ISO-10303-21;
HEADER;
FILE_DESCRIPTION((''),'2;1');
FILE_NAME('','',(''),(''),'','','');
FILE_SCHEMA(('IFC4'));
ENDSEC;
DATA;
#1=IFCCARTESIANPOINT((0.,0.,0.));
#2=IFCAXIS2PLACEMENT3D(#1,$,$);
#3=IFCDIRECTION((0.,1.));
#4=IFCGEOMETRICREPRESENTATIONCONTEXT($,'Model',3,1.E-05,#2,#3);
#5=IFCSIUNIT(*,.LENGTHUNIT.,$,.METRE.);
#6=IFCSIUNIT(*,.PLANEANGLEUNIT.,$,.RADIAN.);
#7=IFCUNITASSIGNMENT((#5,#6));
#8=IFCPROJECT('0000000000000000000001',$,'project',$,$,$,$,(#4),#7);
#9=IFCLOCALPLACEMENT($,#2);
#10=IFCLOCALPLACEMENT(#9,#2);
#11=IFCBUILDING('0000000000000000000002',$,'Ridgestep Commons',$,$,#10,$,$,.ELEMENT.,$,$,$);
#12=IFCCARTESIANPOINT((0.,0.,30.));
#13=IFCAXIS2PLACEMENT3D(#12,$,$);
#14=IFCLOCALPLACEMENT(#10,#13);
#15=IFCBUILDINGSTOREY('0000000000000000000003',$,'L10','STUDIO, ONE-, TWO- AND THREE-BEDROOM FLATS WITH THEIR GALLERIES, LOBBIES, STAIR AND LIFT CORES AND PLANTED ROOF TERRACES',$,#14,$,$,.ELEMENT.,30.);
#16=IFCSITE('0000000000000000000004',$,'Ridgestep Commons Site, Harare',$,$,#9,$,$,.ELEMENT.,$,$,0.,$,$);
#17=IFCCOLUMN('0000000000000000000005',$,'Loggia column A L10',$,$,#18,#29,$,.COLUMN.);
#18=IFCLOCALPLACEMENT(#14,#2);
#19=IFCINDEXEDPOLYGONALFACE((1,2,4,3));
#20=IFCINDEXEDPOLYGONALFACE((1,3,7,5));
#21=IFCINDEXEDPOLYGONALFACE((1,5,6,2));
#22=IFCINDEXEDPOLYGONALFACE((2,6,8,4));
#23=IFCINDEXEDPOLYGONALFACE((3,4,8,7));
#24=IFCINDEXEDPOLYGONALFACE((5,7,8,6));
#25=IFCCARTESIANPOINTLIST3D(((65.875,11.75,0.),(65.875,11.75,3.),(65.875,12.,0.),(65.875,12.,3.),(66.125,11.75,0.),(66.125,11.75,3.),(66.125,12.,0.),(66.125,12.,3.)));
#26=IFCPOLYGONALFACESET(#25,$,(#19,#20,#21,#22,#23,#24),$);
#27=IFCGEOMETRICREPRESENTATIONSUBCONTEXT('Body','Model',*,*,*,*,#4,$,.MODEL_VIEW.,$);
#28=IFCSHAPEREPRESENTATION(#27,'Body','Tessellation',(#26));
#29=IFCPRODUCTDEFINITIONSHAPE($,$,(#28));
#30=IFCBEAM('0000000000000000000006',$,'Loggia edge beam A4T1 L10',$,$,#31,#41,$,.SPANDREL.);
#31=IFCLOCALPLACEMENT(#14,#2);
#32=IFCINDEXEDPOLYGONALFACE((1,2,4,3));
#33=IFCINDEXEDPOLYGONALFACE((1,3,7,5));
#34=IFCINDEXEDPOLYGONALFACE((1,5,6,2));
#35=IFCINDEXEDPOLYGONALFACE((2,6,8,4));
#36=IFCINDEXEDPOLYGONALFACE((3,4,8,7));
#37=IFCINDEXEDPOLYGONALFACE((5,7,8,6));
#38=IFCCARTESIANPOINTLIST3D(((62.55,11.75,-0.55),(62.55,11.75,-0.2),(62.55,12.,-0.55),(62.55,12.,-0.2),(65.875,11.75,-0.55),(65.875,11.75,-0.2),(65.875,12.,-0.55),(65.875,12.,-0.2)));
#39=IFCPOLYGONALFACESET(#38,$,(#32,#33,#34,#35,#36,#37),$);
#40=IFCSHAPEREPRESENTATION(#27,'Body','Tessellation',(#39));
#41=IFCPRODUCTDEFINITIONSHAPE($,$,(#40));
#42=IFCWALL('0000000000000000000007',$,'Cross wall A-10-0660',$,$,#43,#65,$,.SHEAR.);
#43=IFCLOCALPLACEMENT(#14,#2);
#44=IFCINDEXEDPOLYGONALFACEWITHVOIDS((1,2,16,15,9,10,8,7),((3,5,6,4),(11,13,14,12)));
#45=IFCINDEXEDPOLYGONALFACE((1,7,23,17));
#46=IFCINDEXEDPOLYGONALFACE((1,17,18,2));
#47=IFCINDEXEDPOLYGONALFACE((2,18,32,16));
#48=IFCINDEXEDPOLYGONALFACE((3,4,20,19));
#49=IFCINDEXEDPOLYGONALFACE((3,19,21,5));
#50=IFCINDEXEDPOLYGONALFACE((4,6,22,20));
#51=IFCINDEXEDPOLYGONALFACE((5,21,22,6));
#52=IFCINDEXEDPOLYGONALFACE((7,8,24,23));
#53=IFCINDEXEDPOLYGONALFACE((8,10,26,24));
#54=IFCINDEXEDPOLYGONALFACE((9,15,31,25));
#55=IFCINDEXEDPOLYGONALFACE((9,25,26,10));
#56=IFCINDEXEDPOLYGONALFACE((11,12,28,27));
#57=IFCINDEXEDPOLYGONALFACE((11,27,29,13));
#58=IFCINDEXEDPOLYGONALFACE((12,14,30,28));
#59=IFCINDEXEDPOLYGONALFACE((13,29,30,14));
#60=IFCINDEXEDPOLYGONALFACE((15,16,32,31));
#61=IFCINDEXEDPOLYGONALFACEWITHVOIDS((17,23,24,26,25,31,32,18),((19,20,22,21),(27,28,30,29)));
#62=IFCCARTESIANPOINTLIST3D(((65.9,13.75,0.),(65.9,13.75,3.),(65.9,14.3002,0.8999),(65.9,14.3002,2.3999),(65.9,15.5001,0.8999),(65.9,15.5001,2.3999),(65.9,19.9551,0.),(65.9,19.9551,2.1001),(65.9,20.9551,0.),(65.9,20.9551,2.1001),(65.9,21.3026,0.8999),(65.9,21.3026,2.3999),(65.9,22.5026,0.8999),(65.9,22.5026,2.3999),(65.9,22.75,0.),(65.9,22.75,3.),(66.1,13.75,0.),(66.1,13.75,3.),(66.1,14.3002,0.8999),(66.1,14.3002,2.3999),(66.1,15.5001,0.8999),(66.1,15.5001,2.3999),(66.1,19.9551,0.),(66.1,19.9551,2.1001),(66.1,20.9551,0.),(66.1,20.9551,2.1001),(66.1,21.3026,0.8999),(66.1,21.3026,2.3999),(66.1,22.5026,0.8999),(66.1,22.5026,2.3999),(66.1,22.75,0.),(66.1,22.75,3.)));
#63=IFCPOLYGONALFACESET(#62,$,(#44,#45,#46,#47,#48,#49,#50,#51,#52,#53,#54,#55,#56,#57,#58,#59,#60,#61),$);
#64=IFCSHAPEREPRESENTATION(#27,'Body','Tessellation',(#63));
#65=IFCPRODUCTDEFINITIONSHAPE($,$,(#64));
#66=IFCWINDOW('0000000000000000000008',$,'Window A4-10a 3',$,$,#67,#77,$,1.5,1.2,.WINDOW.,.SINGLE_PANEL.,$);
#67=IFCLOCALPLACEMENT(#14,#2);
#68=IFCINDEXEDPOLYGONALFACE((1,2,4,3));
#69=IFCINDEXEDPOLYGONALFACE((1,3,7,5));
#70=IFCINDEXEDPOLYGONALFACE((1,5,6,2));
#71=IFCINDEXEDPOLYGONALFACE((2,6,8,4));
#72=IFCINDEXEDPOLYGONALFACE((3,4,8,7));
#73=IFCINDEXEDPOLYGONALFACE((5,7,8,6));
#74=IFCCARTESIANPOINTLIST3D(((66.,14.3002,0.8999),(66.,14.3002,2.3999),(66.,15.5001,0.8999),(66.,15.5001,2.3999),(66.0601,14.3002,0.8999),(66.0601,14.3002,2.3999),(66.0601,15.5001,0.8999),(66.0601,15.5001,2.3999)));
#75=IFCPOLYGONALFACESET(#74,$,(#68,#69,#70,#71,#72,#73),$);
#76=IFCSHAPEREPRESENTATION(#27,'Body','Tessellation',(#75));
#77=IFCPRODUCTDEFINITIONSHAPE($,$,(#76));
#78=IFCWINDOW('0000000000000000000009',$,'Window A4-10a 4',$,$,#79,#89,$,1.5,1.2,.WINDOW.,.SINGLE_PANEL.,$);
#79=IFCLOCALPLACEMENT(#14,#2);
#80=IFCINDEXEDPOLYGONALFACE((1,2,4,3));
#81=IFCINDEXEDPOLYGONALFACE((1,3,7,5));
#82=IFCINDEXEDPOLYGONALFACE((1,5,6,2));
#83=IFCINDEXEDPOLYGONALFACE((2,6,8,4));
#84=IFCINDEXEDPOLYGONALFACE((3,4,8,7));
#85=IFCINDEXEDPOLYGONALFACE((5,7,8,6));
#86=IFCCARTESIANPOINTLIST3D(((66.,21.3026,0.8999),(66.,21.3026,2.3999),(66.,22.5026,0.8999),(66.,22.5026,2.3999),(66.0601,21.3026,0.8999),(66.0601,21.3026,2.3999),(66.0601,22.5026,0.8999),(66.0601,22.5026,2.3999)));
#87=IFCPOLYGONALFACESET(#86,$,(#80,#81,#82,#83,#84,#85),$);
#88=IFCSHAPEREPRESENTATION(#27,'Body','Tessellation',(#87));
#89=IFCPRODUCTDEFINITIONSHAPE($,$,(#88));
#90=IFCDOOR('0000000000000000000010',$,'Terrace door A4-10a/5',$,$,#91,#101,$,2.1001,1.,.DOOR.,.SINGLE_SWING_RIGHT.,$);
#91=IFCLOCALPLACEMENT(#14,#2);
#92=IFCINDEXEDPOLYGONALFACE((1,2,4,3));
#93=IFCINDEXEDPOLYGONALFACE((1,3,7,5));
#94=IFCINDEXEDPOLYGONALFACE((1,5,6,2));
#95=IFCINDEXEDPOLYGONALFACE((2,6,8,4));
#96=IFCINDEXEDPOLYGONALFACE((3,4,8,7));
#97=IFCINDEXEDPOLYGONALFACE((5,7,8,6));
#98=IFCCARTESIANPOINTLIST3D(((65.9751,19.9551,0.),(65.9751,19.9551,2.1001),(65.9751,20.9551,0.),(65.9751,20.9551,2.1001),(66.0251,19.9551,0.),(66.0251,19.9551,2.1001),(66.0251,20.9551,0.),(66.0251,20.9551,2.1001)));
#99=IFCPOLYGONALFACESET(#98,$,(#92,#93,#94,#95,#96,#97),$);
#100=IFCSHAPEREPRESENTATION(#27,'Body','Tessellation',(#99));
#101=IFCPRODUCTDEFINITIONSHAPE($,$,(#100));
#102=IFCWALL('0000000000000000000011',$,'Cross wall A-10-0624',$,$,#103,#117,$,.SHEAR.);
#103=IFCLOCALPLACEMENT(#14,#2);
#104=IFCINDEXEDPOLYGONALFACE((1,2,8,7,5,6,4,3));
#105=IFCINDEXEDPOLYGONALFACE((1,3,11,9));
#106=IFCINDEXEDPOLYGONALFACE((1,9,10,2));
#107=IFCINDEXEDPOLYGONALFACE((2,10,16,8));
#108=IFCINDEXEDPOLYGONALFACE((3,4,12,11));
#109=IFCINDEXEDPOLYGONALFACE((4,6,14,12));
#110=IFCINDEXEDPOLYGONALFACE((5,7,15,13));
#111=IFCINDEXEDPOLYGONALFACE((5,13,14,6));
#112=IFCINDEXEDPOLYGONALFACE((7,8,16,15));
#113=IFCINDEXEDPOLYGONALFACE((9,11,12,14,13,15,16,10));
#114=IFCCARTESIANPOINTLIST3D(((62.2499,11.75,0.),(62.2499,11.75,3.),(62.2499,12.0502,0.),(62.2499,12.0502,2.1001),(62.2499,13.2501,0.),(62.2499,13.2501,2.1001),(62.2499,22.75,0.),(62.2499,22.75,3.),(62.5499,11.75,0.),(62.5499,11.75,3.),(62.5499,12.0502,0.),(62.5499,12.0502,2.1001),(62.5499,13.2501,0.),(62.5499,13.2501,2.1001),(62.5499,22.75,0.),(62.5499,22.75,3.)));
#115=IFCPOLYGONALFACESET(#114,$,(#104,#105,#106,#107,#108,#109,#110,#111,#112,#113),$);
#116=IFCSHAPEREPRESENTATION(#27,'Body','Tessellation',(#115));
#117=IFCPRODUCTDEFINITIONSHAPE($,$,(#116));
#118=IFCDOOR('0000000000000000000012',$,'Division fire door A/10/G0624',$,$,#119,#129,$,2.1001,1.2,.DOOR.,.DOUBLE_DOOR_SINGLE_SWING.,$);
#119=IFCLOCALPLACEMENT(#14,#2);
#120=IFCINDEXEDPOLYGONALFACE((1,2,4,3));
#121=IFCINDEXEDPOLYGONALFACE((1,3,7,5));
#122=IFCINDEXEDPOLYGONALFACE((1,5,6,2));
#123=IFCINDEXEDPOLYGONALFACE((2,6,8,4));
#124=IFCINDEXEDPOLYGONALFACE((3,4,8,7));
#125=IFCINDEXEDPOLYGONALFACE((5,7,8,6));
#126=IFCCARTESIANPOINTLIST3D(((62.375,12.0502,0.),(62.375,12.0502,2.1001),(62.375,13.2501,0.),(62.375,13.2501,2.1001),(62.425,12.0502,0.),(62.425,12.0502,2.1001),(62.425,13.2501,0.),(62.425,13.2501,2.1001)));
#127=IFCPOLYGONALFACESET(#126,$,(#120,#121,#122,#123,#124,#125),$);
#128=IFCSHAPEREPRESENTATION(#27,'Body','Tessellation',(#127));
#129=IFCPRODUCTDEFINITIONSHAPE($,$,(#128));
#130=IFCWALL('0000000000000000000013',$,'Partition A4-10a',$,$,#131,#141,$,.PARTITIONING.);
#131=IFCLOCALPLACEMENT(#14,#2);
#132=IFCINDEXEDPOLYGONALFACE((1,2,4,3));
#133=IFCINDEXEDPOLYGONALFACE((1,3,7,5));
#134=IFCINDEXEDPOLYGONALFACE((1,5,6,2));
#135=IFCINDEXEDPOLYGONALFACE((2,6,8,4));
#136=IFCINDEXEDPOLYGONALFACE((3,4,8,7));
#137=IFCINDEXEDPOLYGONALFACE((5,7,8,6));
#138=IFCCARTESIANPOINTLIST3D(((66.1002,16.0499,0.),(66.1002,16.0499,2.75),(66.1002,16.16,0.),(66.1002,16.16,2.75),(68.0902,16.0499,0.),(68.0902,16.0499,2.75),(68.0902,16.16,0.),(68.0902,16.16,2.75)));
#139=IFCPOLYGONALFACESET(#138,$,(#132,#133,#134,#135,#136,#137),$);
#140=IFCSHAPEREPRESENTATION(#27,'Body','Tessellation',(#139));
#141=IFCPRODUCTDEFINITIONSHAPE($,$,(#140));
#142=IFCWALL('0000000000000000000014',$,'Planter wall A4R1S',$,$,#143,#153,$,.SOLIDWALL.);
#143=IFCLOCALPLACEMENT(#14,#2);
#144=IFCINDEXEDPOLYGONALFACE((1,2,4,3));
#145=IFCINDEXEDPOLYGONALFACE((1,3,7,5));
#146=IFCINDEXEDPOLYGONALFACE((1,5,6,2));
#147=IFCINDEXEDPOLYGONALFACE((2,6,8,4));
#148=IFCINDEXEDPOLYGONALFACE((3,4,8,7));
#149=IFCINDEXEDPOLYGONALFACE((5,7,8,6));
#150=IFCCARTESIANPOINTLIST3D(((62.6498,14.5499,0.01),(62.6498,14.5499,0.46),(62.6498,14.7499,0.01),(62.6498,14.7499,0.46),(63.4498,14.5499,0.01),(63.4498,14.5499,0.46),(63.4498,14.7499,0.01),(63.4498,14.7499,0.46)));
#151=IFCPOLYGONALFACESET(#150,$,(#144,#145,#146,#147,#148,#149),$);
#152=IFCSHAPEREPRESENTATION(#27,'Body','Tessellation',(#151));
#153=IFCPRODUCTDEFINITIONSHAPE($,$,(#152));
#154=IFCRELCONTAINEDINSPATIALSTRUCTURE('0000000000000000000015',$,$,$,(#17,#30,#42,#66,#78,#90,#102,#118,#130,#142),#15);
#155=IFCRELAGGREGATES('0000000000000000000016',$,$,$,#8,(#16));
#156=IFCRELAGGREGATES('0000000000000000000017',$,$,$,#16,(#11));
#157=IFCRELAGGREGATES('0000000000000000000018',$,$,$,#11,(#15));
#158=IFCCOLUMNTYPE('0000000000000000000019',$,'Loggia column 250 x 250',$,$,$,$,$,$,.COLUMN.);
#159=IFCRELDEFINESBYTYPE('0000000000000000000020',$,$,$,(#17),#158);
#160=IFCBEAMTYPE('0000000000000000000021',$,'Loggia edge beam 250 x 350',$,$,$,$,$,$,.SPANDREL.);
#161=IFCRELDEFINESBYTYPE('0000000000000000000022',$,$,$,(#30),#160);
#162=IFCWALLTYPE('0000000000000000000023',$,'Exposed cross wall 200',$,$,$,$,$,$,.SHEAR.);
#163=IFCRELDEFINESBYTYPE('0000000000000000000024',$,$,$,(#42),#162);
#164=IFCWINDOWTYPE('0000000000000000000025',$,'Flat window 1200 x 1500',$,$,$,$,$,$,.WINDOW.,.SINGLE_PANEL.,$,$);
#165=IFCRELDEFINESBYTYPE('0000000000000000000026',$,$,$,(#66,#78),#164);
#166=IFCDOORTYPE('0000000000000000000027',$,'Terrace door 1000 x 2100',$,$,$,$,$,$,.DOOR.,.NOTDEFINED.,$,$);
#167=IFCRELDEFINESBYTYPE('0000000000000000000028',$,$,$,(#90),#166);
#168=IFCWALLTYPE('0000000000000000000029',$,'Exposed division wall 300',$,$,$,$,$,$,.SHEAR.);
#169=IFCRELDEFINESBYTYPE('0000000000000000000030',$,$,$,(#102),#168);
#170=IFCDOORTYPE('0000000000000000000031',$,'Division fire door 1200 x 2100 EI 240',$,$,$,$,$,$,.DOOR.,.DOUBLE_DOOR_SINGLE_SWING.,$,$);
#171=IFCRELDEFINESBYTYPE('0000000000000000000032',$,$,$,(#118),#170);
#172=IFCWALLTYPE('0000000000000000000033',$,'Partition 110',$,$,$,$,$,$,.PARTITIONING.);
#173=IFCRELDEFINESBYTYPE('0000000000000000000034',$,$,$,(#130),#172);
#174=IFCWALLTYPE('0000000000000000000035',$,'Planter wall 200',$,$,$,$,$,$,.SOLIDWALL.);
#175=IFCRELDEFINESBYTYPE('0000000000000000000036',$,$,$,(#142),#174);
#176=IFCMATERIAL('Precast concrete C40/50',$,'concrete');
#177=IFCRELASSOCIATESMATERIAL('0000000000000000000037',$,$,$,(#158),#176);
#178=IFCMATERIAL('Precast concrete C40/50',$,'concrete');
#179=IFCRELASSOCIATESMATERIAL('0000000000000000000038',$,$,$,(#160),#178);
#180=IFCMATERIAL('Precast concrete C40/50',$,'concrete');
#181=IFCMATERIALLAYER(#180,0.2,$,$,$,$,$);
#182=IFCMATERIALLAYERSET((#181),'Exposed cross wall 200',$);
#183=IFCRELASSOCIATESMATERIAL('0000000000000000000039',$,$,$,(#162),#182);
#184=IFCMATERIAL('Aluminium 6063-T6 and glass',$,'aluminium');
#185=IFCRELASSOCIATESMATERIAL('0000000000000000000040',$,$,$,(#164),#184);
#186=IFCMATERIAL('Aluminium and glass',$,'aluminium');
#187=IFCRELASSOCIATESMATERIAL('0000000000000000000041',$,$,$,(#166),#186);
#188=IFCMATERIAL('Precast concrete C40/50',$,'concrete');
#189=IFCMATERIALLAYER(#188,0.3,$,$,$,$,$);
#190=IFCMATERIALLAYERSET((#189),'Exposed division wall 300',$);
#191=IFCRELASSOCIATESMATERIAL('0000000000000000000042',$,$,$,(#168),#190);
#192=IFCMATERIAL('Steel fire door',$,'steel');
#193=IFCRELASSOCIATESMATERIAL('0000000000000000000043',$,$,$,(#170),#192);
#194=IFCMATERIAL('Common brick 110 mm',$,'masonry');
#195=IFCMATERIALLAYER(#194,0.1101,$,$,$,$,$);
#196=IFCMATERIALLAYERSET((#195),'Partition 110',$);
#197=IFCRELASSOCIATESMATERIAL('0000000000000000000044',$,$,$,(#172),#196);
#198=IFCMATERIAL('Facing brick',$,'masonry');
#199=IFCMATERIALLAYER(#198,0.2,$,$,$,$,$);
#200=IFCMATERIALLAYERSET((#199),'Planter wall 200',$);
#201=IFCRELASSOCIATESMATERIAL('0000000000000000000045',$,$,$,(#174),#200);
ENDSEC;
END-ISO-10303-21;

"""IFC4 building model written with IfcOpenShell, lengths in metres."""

from ifc_helpers import new_model, si_unit, direction, frame, frame_2d, origin, origin_2d, place, context, subcontext, project, spatial, rectangle, extrude, material, layer, layer_set, material_profile, profile_set, type_object, element, fill, save


model = new_model("IFC4")

# Units and contexts
model_context = context("Model", 3, precision=1e-05, world=origin(), true_north=direction((0.0, 1.0)))
body_context = subcontext(model_context, "Body", "Model", "MODEL_VIEW")
ifc_project = project(units=[si_unit("LENGTHUNIT", "METRE"), si_unit("PLANEANGLEUNIT", "RADIAN")], contexts=[model_context])

# Site, building, storey
site_placement = place(None, origin())
site = spatial("IfcSite", under=ifc_project, at=site_placement, Name="Ridgestep Commons Site, Harare", CompositionType="ELEMENT", RefElevation=0.0)
building_placement = place(site_placement, origin())
building = spatial("IfcBuilding", under=site, at=building_placement, Name="Ridgestep Commons", CompositionType="ELEMENT")
storey_placement = place(building_placement, frame((0.0, 0.0, 30.0)))
storey = spatial("IfcBuildingStorey", under=building, at=storey_placement, Name="L10", Description="STUDIO, ONE-, TWO- AND THREE-BEDROOM FLATS WITH THEIR GALLERIES, LOBBIES, STAIR AND LIFT CORES AND PLANTED ROOF TERRACES", CompositionType="ELEMENT", Elevation=30.0)

# Column
ifc_material_1 = material(Name="Precast concrete C40/50", Category="concrete")
ifc_material_profile_1 = material_profile(ifc_material_1, rectangle(XDim=0.25, YDim=0.25, at=origin_2d()), Name="PC 250x250")
ifc_profile_set_1 = profile_set([ifc_material_profile_1], Name="Precast concrete C40/50")
column_type = type_object("IfcColumnType", Name="Loggia column 250 x 250", PredefinedType="COLUMN", material=ifc_profile_set_1)
column_placement = place(storey_placement, frame((66.0, 11.875, 0.0), z_axis=(0.0, 0.0, 1.0), x_axis=(1.0, 0.0, 0.0)))
element("IfcColumn", 1, at=column_placement, inside=storey, type_object=column_type, Name="Loggia column A L10", PredefinedType="COLUMN", context=body_context, shape_type="SweptSolid", body=[
    extrude(rectangle(XDim=0.25, YDim=0.25, at=origin_2d()), origin(), (0.0, 0.0, 1.0), 3.0),
])

# Beam
ifc_material_2 = material(Name="Precast concrete C40/50", Category="concrete")
ifc_material_profile_2 = material_profile(ifc_material_2, rectangle(XDim=0.25, YDim=0.3501, at=origin_2d()), Name="PC 250x350")
ifc_profile_set_2 = profile_set([ifc_material_profile_2], Name="Precast concrete C40/50")
beam_type = type_object("IfcBeamType", Name="Loggia edge beam 250 x 350", PredefinedType="SPANDREL", material=ifc_profile_set_2)
beam_placement = place(storey_placement, frame((62.55, 11.875, -0.375), z_axis=(1.0, 0.0, 0.0), x_axis=(0.0, 1.0, 0.0)))
element("IfcBeam", 2, at=beam_placement, inside=storey, type_object=beam_type, Name="Loggia edge beam A4T1 L10", PredefinedType="SPANDREL", context=body_context, shape_type="SweptSolid", body=[
    extrude(rectangle(XDim=0.25, YDim=0.3501, at=origin_2d()), origin(), (0.0, 0.0, 1.0), 3.325),
])

# Wall, openings, windows, door
ifc_material_3 = material(Name="Precast concrete C40/50", Category="concrete")
ifc_layer_1 = layer(ifc_material_3, 0.2)
ifc_layer_set_1 = layer_set([ifc_layer_1], Name="Exposed cross wall 200")
wall_type_1 = type_object("IfcWallType", Name="Exposed cross wall 200", PredefinedType="SHEAR", material=ifc_layer_set_1)
wall_1_placement = place(storey_placement, frame((66.0, 13.75, 0.0), z_axis=(0.0, 0.0, 1.0), x_axis=(0.0, 1.0, 0.0)))
wall_1 = element("IfcWall", 3, at=wall_1_placement, inside=storey, type_object=wall_type_1, Name="Cross wall A-10-0660", PredefinedType="SHEAR", context=body_context, shape_type="SweptSolid", body=[
    extrude(rectangle(XDim=9.0, YDim=0.2, at=frame_2d((4.5, 0.0))), origin(), (0.0, 0.0, 1.0), 3.0),
])
opening_1_placement = place(wall_1_placement, frame((0.55, 0.0, 0.8999)))
opening_1 = element("IfcOpeningElement", 4, at=opening_1_placement, cuts=wall_1, PredefinedType="OPENING", context=body_context, shape_type="SweptSolid", body=[
    extrude(rectangle(XDim=1.2, YDim=1.5, at=frame_2d((0.6001, 0.75))), frame((0.0, 0.1099, 0.0), z_axis=(0.0, -1.0, 0.0), x_axis=(1.0, 0.0, 0.0)), (0.0, 0.0, 1.0), 0.22),
])
opening_2_placement = place(wall_1_placement, frame((7.5525, 0.0, 0.8999)))
opening_2 = element("IfcOpeningElement", 5, at=opening_2_placement, cuts=wall_1, PredefinedType="OPENING", context=body_context, shape_type="SweptSolid", body=[
    extrude(rectangle(XDim=1.2, YDim=1.5, at=frame_2d((0.6001, 0.75))), frame((0.0, 0.1099, 0.0), z_axis=(0.0, -1.0, 0.0), x_axis=(1.0, 0.0, 0.0)), (0.0, 0.0, 1.0), 0.22),
])
opening_3_placement = place(wall_1_placement, frame((6.2051, 0.0, 0.0)))
opening_3 = element("IfcOpeningElement", 6, at=opening_3_placement, cuts=wall_1, PredefinedType="OPENING", context=body_context, shape_type="SweptSolid", body=[
    extrude(rectangle(XDim=1.0, YDim=2.1001, at=frame_2d((0.5, 1.05))), frame((0.0, 0.1099, 0.0), z_axis=(0.0, -1.0, 0.0), x_axis=(1.0, 0.0, 0.0)), (0.0, 0.0, 1.0), 0.22),
])
ifc_material_4 = material(Name="Aluminium 6063-T6 and glass", Category="aluminium")
window_type_1 = type_object("IfcWindowType", Name="Flat window 1200 x 1500", PartitioningType="SINGLE_PANEL", PredefinedType="WINDOW", material=ifc_material_4)
window_1_placement = place(opening_1_placement, origin())
window_1 = element("IfcWindow", 7, at=window_1_placement, inside=storey, type_object=window_type_1, Name="Window A4-10a 3", OverallHeight=1.5, OverallWidth=1.2, PartitioningType="SINGLE_PANEL", PredefinedType="WINDOW", context=body_context, shape_type="SweptSolid", body=[
    extrude(rectangle(XDim=1.2, YDim=1.5, at=frame_2d((0.6001, 0.75))), frame((0.0, 0.0, 0.0), z_axis=(0.0, -1.0, 0.0), x_axis=(1.0, 0.0, 0.0)), (0.0, 0.0, 1.0), 0.0601),
])
fill(opening_1, window_1)
window_2_placement = place(opening_2_placement, origin())
window_2 = element("IfcWindow", 8, at=window_2_placement, inside=storey, type_object=window_type_1, Name="Window A4-10a 4", OverallHeight=1.5, OverallWidth=1.2, PartitioningType="SINGLE_PANEL", PredefinedType="WINDOW", context=body_context, shape_type="SweptSolid", body=[
    extrude(rectangle(XDim=1.2, YDim=1.5, at=frame_2d((0.6001, 0.75))), frame((0.0, 0.0, 0.0), z_axis=(0.0, -1.0, 0.0), x_axis=(1.0, 0.0, 0.0)), (0.0, 0.0, 1.0), 0.0601),
])
fill(opening_2, window_2)
ifc_material_5 = material(Name="Aluminium and glass", Category="aluminium")
door_type_1 = type_object("IfcDoorType", Name="Terrace door 1000 x 2100", OperationType="NOTDEFINED", PredefinedType="DOOR", material=ifc_material_5)
door_1_placement = place(opening_3_placement, origin())
door_1 = element("IfcDoor", 9, at=door_1_placement, inside=storey, type_object=door_type_1, Name="Terrace door A4-10a/5", OperationType="SINGLE_SWING_RIGHT", OverallHeight=2.1001, OverallWidth=1.0, PredefinedType="DOOR", context=body_context, shape_type="SweptSolid", body=[
    extrude(rectangle(XDim=1.0, YDim=2.1001, at=frame_2d((0.5, 1.05))), frame((0.0, 0.0249, 0.0), z_axis=(0.0, -1.0, 0.0), x_axis=(1.0, 0.0, 0.0)), (0.0, 0.0, 1.0), 0.05),
])
fill(opening_3, door_1)

# Wall, opening, door
ifc_material_6 = material(Name="Precast concrete C40/50", Category="concrete")
ifc_layer_2 = layer(ifc_material_6, 0.3)
ifc_layer_set_2 = layer_set([ifc_layer_2], Name="Exposed division wall 300")
wall_type_2 = type_object("IfcWallType", Name="Exposed division wall 300", PredefinedType="SHEAR", material=ifc_layer_set_2)
wall_2_placement = place(storey_placement, frame((62.3999, 11.75, 0.0), z_axis=(0.0, 0.0, 1.0), x_axis=(0.0, 1.0, 0.0)))
wall_2 = element("IfcWall", 10, at=wall_2_placement, inside=storey, type_object=wall_type_2, Name="Cross wall A-10-0624", PredefinedType="SHEAR", context=body_context, shape_type="SweptSolid", body=[
    extrude(rectangle(XDim=11.0, YDim=0.3, at=frame_2d((5.5, 0.0))), origin(), (0.0, 0.0, 1.0), 3.0),
])
opening_4_placement = place(wall_2_placement, frame((0.3, 0.0, 0.0)))
opening_4 = element("IfcOpeningElement", 11, at=opening_4_placement, cuts=wall_2, PredefinedType="OPENING", context=body_context, shape_type="SweptSolid", body=[
    extrude(rectangle(XDim=1.2, YDim=2.1001, at=frame_2d((0.6001, 1.05))), frame((0.0, 0.1599, 0.0), z_axis=(0.0, -1.0, 0.0), x_axis=(1.0, 0.0, 0.0)), (0.0, 0.0, 1.0), 0.3201),
])
ifc_material_7 = material(Name="Steel fire door", Category="steel")
door_type_2 = type_object("IfcDoorType", Name="Division fire door 1200 x 2100 EI 240", OperationType="DOUBLE_DOOR_SINGLE_SWING", PredefinedType="DOOR", material=ifc_material_7)
door_2_placement = place(opening_4_placement, origin())
door_2 = element("IfcDoor", 12, at=door_2_placement, inside=storey, type_object=door_type_2, Name="Division fire door A/10/G0624", OperationType="DOUBLE_DOOR_SINGLE_SWING", OverallHeight=2.1001, OverallWidth=1.2, PredefinedType="DOOR", context=body_context, shape_type="SweptSolid", body=[
    extrude(rectangle(XDim=1.2, YDim=2.1001, at=frame_2d((0.6001, 1.05))), frame((0.0, 0.0249, 0.0), z_axis=(0.0, -1.0, 0.0), x_axis=(1.0, 0.0, 0.0)), (0.0, 0.0, 1.0), 0.05),
])
fill(opening_4, door_2)

# Walls
ifc_material_8 = material(Name="Common brick 110 mm", Category="masonry")
ifc_layer_3 = layer(ifc_material_8, 0.1101)
ifc_layer_set_3 = layer_set([ifc_layer_3], Name="Partition 110")
wall_type_3 = type_object("IfcWallType", Name="Partition 110", PredefinedType="PARTITIONING", material=ifc_layer_set_3)
wall_3_placement = place(storey_placement, frame((66.1001, 16.105, 0.0), z_axis=(0.0, 0.0, 1.0), x_axis=(1.0, 0.0, 0.0)))
element("IfcWall", 13, at=wall_3_placement, inside=storey, type_object=wall_type_3, Name="Partition A4-10a", PredefinedType="PARTITIONING", context=body_context, shape_type="SweptSolid", body=[
    extrude(rectangle(XDim=1.99, YDim=0.1101, at=frame_2d((0.9951, 0.0))), origin(), (0.0, 0.0, 1.0), 2.75),
])
ifc_material_9 = material(Name="Facing brick", Category="masonry")
ifc_layer_4 = layer(ifc_material_9, 0.2)
ifc_layer_set_4 = layer_set([ifc_layer_4], Name="Planter wall 200")
wall_type_4 = type_object("IfcWallType", Name="Planter wall 200", PredefinedType="SOLIDWALL", material=ifc_layer_set_4)
wall_4_placement = place(storey_placement, frame((62.6499, 14.6499, 0.01), z_axis=(0.0, 0.0, 1.0), x_axis=(1.0, 0.0, 0.0)))
element("IfcWall", 14, at=wall_4_placement, inside=storey, type_object=wall_type_4, Name="Planter wall A4R1S", PredefinedType="SOLIDWALL", context=body_context, shape_type="SweptSolid", body=[
    extrude(rectangle(XDim=0.8, YDim=0.2, at=frame_2d((0.3999, 0.0))), origin(), (0.0, 0.0, 1.0), 0.45),
])

save(model, "model.ifc")
